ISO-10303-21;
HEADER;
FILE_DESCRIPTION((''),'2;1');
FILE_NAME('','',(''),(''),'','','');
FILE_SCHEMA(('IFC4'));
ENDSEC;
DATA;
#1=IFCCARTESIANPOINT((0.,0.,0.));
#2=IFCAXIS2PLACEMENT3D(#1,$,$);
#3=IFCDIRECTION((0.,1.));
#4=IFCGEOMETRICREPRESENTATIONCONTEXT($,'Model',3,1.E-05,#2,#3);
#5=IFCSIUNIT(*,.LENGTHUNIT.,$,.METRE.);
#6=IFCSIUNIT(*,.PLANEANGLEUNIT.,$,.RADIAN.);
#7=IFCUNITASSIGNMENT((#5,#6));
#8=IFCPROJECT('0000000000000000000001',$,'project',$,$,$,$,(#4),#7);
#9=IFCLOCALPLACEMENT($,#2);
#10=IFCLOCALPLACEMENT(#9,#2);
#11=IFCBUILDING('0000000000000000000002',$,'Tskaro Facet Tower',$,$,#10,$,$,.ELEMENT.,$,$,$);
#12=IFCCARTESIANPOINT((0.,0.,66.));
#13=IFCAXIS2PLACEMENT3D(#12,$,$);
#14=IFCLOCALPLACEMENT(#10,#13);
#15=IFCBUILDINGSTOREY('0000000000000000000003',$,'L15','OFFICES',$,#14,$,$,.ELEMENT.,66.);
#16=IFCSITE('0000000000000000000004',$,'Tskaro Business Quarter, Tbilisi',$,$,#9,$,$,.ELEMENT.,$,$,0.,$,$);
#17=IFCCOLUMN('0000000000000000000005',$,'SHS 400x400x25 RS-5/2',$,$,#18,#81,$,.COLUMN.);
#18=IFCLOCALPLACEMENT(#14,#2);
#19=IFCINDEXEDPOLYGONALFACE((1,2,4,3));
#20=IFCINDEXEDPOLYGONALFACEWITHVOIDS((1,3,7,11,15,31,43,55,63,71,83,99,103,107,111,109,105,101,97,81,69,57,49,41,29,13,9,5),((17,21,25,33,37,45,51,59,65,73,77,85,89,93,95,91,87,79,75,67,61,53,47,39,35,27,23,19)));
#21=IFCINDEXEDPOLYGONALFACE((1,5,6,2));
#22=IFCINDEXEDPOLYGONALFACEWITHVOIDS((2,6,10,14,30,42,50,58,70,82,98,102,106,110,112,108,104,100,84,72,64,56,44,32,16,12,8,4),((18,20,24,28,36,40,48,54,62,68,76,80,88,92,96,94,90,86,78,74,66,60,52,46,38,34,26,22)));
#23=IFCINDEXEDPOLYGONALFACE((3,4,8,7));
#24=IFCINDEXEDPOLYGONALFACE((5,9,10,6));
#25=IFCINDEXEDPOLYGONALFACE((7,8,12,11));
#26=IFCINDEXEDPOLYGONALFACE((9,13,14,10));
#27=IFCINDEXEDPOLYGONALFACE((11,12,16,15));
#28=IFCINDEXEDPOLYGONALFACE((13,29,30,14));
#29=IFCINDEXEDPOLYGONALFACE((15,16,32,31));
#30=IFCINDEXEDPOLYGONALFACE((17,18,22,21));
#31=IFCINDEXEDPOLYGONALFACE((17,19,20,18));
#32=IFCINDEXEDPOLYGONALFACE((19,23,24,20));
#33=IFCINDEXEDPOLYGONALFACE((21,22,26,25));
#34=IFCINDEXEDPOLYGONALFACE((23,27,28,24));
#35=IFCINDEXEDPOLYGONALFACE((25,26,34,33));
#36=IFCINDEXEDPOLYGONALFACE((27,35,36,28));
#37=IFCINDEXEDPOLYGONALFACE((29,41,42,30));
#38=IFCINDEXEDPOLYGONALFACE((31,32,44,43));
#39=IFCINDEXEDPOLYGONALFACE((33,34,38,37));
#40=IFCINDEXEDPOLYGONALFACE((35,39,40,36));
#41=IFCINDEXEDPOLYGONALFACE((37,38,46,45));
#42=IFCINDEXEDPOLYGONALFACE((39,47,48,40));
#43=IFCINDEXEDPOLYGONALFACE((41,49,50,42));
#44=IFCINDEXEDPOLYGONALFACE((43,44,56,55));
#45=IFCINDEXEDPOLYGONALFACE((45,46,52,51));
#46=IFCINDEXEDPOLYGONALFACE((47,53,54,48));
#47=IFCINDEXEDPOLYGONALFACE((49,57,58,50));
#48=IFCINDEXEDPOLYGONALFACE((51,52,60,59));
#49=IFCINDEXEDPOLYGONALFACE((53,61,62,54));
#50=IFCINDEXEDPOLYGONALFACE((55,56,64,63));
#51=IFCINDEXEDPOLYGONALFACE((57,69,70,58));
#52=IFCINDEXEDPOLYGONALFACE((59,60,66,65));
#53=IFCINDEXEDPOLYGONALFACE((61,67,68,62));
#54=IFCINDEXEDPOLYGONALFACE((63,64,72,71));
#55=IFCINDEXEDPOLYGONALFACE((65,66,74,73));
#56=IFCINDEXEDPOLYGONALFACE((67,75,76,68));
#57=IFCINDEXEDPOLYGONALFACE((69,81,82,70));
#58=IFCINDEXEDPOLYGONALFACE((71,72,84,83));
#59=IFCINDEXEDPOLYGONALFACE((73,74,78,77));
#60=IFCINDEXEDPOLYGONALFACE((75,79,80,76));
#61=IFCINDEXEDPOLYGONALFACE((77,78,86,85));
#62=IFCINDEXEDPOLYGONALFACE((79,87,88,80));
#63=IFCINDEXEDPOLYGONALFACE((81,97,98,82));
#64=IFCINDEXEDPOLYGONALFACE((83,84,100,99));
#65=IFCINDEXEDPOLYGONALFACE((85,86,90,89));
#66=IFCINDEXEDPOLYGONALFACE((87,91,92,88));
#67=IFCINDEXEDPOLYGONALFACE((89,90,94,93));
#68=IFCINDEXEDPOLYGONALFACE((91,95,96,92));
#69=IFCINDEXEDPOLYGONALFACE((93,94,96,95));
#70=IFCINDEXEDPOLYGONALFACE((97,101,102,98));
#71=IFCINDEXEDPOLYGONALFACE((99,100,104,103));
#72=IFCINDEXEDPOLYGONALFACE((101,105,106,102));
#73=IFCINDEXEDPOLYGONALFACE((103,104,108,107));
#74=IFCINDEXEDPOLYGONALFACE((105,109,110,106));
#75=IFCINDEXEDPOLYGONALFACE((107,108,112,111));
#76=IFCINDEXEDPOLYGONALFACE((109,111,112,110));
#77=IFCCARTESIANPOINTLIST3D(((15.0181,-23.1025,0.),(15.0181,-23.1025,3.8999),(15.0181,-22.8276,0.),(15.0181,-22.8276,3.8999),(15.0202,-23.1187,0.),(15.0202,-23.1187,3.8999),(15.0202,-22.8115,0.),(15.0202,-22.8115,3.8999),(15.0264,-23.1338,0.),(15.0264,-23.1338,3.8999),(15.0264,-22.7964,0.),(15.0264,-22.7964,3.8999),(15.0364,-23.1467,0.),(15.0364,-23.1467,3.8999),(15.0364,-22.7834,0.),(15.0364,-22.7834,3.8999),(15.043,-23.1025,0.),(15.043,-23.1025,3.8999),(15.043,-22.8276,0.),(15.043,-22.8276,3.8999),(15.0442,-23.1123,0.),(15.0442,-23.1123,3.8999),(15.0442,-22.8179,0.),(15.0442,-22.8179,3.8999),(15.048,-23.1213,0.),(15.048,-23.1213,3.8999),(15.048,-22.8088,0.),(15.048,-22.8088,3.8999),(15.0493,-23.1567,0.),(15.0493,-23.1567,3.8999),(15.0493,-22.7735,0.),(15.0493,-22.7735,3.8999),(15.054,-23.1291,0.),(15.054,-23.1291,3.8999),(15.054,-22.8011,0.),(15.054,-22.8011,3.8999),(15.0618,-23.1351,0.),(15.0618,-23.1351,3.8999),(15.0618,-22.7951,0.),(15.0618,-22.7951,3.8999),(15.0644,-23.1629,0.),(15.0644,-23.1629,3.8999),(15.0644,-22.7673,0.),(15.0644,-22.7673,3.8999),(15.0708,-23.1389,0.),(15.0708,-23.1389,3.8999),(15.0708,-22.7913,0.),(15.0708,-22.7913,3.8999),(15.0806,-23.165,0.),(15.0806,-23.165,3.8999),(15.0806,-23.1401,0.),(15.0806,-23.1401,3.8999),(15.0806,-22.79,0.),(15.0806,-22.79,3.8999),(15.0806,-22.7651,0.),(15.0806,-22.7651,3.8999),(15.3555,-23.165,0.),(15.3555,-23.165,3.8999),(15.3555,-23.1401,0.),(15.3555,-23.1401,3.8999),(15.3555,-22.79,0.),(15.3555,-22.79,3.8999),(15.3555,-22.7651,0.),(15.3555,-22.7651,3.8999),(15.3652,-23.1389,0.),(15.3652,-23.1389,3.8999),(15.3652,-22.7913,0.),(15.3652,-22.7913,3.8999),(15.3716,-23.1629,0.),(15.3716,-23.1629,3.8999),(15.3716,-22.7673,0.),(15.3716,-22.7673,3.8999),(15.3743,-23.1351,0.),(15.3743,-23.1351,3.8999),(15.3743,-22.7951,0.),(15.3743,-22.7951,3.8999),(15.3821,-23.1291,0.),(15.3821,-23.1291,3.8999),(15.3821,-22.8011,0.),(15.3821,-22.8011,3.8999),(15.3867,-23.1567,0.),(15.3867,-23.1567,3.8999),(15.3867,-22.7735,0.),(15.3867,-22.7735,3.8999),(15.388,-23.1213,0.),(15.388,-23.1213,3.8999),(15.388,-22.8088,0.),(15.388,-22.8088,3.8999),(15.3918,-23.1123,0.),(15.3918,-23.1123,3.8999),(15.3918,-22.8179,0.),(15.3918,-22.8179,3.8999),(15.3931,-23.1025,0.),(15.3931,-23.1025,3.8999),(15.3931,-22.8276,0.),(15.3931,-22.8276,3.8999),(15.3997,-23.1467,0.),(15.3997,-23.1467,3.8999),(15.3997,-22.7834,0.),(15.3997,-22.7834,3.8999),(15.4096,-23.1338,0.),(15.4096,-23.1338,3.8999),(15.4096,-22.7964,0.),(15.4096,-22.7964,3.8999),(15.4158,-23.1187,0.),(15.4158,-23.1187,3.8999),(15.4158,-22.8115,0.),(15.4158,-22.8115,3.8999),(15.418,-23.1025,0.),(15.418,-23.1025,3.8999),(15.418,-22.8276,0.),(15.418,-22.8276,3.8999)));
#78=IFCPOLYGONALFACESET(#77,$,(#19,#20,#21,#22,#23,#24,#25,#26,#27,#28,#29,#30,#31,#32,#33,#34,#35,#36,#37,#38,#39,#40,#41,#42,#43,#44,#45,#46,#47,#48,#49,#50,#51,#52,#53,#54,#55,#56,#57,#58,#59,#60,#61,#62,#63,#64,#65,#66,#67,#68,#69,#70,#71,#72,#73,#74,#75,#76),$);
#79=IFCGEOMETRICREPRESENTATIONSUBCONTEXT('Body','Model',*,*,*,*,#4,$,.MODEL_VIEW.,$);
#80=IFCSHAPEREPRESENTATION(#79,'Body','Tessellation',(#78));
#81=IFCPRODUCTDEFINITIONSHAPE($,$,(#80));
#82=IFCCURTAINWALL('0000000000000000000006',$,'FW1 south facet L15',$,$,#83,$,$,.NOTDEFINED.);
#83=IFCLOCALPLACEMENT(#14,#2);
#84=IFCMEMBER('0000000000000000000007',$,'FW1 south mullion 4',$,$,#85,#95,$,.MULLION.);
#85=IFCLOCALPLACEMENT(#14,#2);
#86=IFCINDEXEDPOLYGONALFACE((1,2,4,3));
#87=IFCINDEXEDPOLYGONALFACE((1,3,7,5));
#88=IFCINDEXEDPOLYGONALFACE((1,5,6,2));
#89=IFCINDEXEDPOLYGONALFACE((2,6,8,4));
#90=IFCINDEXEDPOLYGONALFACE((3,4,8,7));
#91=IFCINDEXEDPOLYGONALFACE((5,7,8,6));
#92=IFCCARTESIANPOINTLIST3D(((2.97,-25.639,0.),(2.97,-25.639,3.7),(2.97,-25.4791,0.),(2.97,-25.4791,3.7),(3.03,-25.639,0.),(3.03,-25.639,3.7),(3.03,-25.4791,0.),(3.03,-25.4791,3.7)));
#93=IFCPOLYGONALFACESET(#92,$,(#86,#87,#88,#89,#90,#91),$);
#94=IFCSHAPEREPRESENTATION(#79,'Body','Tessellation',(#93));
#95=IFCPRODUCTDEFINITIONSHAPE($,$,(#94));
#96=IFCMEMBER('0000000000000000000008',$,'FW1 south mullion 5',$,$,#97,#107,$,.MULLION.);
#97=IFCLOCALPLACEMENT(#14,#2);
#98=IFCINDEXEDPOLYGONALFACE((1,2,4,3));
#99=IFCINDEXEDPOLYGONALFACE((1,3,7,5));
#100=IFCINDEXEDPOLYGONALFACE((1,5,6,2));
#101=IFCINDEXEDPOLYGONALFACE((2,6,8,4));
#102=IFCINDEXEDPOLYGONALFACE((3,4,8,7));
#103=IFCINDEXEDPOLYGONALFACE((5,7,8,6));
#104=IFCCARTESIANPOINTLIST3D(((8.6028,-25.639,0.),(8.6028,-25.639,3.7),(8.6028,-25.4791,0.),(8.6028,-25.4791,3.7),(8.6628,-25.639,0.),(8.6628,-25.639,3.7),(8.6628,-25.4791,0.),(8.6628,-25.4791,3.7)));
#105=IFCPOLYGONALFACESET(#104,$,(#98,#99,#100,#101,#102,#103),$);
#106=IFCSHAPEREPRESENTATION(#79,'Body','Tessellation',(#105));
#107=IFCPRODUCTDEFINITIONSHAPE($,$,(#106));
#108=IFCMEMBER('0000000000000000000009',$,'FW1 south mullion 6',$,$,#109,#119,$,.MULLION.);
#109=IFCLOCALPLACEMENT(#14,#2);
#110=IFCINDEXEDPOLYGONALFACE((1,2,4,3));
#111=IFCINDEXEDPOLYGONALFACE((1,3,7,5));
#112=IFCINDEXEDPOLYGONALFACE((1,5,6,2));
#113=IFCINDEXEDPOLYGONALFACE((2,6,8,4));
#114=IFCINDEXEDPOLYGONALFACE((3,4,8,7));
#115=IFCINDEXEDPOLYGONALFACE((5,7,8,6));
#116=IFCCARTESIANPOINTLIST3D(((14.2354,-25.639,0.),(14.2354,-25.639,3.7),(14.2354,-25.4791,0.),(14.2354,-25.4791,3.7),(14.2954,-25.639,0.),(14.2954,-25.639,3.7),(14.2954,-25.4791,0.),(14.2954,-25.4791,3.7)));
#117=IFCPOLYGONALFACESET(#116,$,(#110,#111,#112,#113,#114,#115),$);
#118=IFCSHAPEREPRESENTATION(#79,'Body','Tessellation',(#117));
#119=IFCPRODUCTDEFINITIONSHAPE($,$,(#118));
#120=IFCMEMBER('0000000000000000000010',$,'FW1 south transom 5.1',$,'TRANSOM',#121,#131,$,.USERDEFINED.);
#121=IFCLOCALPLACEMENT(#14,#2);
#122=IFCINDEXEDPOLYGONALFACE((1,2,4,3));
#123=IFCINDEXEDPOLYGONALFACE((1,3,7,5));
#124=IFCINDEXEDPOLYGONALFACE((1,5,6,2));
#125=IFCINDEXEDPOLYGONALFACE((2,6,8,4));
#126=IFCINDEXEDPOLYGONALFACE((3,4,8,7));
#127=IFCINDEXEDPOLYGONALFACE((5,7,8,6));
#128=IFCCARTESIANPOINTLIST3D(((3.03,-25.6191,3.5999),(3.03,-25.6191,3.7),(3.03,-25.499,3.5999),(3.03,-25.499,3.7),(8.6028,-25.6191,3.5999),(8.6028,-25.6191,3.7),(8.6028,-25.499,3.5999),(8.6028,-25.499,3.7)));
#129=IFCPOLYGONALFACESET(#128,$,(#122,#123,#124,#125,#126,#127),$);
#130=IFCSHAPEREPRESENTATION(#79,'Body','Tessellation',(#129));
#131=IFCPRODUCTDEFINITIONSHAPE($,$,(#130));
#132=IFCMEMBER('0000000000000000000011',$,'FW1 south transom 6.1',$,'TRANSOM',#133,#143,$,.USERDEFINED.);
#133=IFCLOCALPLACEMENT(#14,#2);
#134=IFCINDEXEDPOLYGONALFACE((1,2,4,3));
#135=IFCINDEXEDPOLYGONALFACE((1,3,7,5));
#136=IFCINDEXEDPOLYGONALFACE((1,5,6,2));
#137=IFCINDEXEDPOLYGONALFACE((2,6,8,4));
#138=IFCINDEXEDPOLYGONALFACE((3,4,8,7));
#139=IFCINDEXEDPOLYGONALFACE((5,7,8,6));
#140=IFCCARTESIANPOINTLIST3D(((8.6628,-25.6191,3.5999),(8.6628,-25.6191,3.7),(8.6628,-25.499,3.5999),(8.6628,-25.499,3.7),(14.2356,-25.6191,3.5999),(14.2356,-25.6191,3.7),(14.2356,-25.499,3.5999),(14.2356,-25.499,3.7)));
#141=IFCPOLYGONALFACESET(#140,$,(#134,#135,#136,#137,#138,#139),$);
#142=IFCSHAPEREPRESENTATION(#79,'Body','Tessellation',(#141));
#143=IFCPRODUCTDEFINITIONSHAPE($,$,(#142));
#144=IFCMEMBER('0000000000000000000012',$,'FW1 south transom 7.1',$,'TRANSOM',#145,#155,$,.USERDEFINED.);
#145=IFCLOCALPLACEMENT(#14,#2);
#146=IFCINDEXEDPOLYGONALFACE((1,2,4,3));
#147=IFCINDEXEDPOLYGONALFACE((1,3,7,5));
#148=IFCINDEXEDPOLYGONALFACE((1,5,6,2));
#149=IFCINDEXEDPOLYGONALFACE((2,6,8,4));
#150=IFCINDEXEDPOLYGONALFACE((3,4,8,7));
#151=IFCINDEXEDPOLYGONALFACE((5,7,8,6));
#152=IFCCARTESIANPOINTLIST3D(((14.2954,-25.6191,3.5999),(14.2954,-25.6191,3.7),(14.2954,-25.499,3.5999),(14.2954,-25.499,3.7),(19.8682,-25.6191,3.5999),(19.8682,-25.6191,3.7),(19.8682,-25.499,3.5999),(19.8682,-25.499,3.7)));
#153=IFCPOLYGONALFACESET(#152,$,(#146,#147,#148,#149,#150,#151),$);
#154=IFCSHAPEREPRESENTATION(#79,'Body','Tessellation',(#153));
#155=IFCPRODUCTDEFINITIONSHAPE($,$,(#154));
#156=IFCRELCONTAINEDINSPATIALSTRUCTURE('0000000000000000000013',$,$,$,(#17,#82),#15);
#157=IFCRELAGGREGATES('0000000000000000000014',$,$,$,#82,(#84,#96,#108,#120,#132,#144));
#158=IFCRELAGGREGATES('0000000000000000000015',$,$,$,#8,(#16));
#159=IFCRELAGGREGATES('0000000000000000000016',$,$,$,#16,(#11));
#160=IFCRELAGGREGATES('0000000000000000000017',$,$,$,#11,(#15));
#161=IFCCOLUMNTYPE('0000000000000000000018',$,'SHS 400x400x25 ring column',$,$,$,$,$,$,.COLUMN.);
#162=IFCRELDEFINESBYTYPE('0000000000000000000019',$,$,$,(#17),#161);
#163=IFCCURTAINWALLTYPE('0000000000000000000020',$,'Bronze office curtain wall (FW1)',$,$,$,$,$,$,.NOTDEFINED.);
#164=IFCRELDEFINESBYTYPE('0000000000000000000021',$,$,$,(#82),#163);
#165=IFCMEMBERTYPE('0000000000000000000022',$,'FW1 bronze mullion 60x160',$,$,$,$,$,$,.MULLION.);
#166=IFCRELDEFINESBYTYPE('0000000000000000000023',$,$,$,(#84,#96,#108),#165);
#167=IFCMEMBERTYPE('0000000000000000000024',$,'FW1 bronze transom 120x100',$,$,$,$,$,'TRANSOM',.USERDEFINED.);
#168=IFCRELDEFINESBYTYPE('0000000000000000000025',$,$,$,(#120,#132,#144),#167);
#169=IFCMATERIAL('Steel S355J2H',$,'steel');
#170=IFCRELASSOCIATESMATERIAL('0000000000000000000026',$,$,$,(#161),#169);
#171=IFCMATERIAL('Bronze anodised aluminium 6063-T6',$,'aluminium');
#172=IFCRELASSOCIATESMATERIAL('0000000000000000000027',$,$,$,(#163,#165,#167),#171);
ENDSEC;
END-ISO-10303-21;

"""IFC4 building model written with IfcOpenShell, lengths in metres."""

from ifc_helpers import new_model, si_unit, direction, frame, origin, origin_2d, place, context, subcontext, project, spatial, rectangle, hollow_rectangle, extrude, material, material_profile, profile_set, type_object, element, aggregate, save


model = new_model("IFC4")

# Units and contexts
model_context = context("Model", 3, precision=1e-05, world=origin(), true_north=direction((0.0, 1.0)))
body_context = subcontext(model_context, "Body", "Model", "MODEL_VIEW")
ifc_project = project(units=[si_unit("LENGTHUNIT", "METRE"), si_unit("PLANEANGLEUNIT", "RADIAN")], contexts=[model_context])

# Site, building, storey
site_placement = place(None, origin())
site = spatial("IfcSite", under=ifc_project, at=site_placement, Name="Tskaro Business Quarter, Tbilisi", CompositionType="ELEMENT", RefElevation=0.0)
building_placement = place(site_placement, origin())
building = spatial("IfcBuilding", under=site, at=building_placement, Name="Tskaro Facet Tower", CompositionType="ELEMENT")
storey_placement = place(building_placement, frame((0.0, 0.0, 66.0)))
storey = spatial("IfcBuildingStorey", under=building, at=storey_placement, Name="L15", Description="OFFICES", CompositionType="ELEMENT", Elevation=66.0)

# Column
ifc_material_1 = material(Name="Steel S355J2H", Category="steel")
ifc_material_profile_1 = material_profile(ifc_material_1, hollow_rectangle(XDim=0.3999, YDim=0.3999, WallThickness=0.0249, InnerFilletRadius=0.0376, OuterFilletRadius=0.0625, at=origin_2d()), Name="SHS 400x400x25")
ifc_profile_set_1 = profile_set([ifc_material_profile_1], Name="Steel S355J2H")
column_type_1 = type_object("IfcColumnType", Name="SHS 400x400x25 ring column", PredefinedType="COLUMN", material=ifc_profile_set_1)
for number, where, z_axis, x_axis, name in (
    (1, (15.218, -22.9651, 0.0), (0.0, 0.0, 1.0), (1.0, 0.0, 0.0), "SHS 400x400x25 RS-5/2"),
):
    element("IfcColumn", number, at=place(storey_placement, frame(where, z_axis=z_axis, x_axis=x_axis)), inside=storey, type_object=column_type_1, Name=name, PredefinedType="COLUMN", context=body_context, shape_type="SweptSolid", body=[
        extrude(hollow_rectangle(XDim=0.3999, YDim=0.3999, WallThickness=0.0249, InnerFilletRadius=0.0376, OuterFilletRadius=0.0625, at=origin_2d()), origin(), (0.0, 0.0, 1.0), 3.8999),
    ])

# Curtain wall, members
ifc_material_2 = material(Name="Bronze anodised aluminium 6063-T6", Category="aluminium")
curtain_wall_type = type_object("IfcCurtainWallType", Name="Bronze office curtain wall (FW1)", PredefinedType="NOTDEFINED", material=ifc_material_2)
curtain_wall_placement = place(storey_placement, origin())
curtain_wall = element("IfcCurtainWall", 2, at=curtain_wall_placement, inside=storey, type_object=curtain_wall_type, Name="FW1 south facet L15", PredefinedType="NOTDEFINED")
ifc_material_profile_2 = material_profile(ifc_material_2, rectangle(XDim=0.0601, YDim=0.1599, at=origin_2d()), Name="Mullion 60x160")
ifc_profile_set_2 = profile_set([ifc_material_profile_2], Name="Bronze anodised aluminium 6063-T6")
member_type_1 = type_object("IfcMemberType", Name="FW1 bronze mullion 60x160", PredefinedType="MULLION", material=ifc_profile_set_2)
member_1_placement = place(storey_placement, frame((3.0, -25.5591, 0.0), z_axis=(0.0, 0.0, 1.0), x_axis=(1.0, 0.0, 0.0)))
member_1 = element("IfcMember", 3, at=member_1_placement, type_object=member_type_1, Name="FW1 south mullion 4", PredefinedType="MULLION", context=body_context, shape_type="SweptSolid", body=[
    extrude(rectangle(XDim=0.0601, YDim=0.1599, at=origin_2d()), origin(), (0.0, 0.0, 1.0), 3.7),
])
member_2_placement = place(storey_placement, frame((8.6328, -25.5591, 0.0), z_axis=(0.0, 0.0, 1.0), x_axis=(1.0, 0.0, 0.0)))
member_2 = element("IfcMember", 4, at=member_2_placement, type_object=member_type_1, Name="FW1 south mullion 5", PredefinedType="MULLION", context=body_context, shape_type="SweptSolid", body=[
    extrude(rectangle(XDim=0.0601, YDim=0.1599, at=origin_2d()), origin(), (0.0, 0.0, 1.0), 3.7),
])
member_3_placement = place(storey_placement, frame((14.2654, -25.5591, 0.0), z_axis=(0.0, 0.0, 1.0), x_axis=(1.0, 0.0, 0.0)))
member_3 = element("IfcMember", 5, at=member_3_placement, type_object=member_type_1, Name="FW1 south mullion 6", PredefinedType="MULLION", context=body_context, shape_type="SweptSolid", body=[
    extrude(rectangle(XDim=0.0601, YDim=0.1599, at=origin_2d()), origin(), (0.0, 0.0, 1.0), 3.7),
])
ifc_material_profile_3 = material_profile(ifc_material_2, rectangle(XDim=0.1201, YDim=0.1001, at=origin_2d()), Name="Transom 120x100")
ifc_profile_set_3 = profile_set([ifc_material_profile_3], Name="Bronze anodised aluminium 6063-T6")
member_type_2 = type_object("IfcMemberType", Name="FW1 bronze transom 120x100", ElementType="TRANSOM", PredefinedType="USERDEFINED", material=ifc_profile_set_3)
member_4_placement = place(storey_placement, frame((3.03, -25.5591, 3.6499), z_axis=(1.0, 0.0, 0.0), x_axis=(0.0, 1.0, 0.0)))
member_4 = element("IfcMember", 6, at=member_4_placement, type_object=member_type_2, Name="FW1 south transom 5.1", ObjectType="TRANSOM", PredefinedType="USERDEFINED", context=body_context, shape_type="SweptSolid", body=[
    extrude(rectangle(XDim=0.1201, YDim=0.1001, at=origin_2d()), origin(), (0.0, 0.0, 1.0), 5.5728),
])
member_5_placement = place(storey_placement, frame((8.6628, -25.5591, 3.6499), z_axis=(1.0, 0.0, 0.0), x_axis=(0.0, 1.0, 0.0)))
member_5 = element("IfcMember", 7, at=member_5_placement, type_object=member_type_2, Name="FW1 south transom 6.1", ObjectType="TRANSOM", PredefinedType="USERDEFINED", context=body_context, shape_type="SweptSolid", body=[
    extrude(rectangle(XDim=0.1201, YDim=0.1001, at=origin_2d()), origin(), (0.0, 0.0, 1.0), 5.5728),
])
member_6_placement = place(storey_placement, frame((14.2954, -25.5591, 3.6499), z_axis=(1.0, 0.0, 0.0), x_axis=(0.0, 1.0, 0.0)))
member_6 = element("IfcMember", 8, at=member_6_placement, type_object=member_type_2, Name="FW1 south transom 7.1", ObjectType="TRANSOM", PredefinedType="USERDEFINED", context=body_context, shape_type="SweptSolid", body=[
    extrude(rectangle(XDim=0.1201, YDim=0.1001, at=origin_2d()), origin(), (0.0, 0.0, 1.0), 5.5728),
])

aggregate(curtain_wall, [member_1, member_2, member_3, member_4, member_5, member_6])

save(model, "model.ifc")
